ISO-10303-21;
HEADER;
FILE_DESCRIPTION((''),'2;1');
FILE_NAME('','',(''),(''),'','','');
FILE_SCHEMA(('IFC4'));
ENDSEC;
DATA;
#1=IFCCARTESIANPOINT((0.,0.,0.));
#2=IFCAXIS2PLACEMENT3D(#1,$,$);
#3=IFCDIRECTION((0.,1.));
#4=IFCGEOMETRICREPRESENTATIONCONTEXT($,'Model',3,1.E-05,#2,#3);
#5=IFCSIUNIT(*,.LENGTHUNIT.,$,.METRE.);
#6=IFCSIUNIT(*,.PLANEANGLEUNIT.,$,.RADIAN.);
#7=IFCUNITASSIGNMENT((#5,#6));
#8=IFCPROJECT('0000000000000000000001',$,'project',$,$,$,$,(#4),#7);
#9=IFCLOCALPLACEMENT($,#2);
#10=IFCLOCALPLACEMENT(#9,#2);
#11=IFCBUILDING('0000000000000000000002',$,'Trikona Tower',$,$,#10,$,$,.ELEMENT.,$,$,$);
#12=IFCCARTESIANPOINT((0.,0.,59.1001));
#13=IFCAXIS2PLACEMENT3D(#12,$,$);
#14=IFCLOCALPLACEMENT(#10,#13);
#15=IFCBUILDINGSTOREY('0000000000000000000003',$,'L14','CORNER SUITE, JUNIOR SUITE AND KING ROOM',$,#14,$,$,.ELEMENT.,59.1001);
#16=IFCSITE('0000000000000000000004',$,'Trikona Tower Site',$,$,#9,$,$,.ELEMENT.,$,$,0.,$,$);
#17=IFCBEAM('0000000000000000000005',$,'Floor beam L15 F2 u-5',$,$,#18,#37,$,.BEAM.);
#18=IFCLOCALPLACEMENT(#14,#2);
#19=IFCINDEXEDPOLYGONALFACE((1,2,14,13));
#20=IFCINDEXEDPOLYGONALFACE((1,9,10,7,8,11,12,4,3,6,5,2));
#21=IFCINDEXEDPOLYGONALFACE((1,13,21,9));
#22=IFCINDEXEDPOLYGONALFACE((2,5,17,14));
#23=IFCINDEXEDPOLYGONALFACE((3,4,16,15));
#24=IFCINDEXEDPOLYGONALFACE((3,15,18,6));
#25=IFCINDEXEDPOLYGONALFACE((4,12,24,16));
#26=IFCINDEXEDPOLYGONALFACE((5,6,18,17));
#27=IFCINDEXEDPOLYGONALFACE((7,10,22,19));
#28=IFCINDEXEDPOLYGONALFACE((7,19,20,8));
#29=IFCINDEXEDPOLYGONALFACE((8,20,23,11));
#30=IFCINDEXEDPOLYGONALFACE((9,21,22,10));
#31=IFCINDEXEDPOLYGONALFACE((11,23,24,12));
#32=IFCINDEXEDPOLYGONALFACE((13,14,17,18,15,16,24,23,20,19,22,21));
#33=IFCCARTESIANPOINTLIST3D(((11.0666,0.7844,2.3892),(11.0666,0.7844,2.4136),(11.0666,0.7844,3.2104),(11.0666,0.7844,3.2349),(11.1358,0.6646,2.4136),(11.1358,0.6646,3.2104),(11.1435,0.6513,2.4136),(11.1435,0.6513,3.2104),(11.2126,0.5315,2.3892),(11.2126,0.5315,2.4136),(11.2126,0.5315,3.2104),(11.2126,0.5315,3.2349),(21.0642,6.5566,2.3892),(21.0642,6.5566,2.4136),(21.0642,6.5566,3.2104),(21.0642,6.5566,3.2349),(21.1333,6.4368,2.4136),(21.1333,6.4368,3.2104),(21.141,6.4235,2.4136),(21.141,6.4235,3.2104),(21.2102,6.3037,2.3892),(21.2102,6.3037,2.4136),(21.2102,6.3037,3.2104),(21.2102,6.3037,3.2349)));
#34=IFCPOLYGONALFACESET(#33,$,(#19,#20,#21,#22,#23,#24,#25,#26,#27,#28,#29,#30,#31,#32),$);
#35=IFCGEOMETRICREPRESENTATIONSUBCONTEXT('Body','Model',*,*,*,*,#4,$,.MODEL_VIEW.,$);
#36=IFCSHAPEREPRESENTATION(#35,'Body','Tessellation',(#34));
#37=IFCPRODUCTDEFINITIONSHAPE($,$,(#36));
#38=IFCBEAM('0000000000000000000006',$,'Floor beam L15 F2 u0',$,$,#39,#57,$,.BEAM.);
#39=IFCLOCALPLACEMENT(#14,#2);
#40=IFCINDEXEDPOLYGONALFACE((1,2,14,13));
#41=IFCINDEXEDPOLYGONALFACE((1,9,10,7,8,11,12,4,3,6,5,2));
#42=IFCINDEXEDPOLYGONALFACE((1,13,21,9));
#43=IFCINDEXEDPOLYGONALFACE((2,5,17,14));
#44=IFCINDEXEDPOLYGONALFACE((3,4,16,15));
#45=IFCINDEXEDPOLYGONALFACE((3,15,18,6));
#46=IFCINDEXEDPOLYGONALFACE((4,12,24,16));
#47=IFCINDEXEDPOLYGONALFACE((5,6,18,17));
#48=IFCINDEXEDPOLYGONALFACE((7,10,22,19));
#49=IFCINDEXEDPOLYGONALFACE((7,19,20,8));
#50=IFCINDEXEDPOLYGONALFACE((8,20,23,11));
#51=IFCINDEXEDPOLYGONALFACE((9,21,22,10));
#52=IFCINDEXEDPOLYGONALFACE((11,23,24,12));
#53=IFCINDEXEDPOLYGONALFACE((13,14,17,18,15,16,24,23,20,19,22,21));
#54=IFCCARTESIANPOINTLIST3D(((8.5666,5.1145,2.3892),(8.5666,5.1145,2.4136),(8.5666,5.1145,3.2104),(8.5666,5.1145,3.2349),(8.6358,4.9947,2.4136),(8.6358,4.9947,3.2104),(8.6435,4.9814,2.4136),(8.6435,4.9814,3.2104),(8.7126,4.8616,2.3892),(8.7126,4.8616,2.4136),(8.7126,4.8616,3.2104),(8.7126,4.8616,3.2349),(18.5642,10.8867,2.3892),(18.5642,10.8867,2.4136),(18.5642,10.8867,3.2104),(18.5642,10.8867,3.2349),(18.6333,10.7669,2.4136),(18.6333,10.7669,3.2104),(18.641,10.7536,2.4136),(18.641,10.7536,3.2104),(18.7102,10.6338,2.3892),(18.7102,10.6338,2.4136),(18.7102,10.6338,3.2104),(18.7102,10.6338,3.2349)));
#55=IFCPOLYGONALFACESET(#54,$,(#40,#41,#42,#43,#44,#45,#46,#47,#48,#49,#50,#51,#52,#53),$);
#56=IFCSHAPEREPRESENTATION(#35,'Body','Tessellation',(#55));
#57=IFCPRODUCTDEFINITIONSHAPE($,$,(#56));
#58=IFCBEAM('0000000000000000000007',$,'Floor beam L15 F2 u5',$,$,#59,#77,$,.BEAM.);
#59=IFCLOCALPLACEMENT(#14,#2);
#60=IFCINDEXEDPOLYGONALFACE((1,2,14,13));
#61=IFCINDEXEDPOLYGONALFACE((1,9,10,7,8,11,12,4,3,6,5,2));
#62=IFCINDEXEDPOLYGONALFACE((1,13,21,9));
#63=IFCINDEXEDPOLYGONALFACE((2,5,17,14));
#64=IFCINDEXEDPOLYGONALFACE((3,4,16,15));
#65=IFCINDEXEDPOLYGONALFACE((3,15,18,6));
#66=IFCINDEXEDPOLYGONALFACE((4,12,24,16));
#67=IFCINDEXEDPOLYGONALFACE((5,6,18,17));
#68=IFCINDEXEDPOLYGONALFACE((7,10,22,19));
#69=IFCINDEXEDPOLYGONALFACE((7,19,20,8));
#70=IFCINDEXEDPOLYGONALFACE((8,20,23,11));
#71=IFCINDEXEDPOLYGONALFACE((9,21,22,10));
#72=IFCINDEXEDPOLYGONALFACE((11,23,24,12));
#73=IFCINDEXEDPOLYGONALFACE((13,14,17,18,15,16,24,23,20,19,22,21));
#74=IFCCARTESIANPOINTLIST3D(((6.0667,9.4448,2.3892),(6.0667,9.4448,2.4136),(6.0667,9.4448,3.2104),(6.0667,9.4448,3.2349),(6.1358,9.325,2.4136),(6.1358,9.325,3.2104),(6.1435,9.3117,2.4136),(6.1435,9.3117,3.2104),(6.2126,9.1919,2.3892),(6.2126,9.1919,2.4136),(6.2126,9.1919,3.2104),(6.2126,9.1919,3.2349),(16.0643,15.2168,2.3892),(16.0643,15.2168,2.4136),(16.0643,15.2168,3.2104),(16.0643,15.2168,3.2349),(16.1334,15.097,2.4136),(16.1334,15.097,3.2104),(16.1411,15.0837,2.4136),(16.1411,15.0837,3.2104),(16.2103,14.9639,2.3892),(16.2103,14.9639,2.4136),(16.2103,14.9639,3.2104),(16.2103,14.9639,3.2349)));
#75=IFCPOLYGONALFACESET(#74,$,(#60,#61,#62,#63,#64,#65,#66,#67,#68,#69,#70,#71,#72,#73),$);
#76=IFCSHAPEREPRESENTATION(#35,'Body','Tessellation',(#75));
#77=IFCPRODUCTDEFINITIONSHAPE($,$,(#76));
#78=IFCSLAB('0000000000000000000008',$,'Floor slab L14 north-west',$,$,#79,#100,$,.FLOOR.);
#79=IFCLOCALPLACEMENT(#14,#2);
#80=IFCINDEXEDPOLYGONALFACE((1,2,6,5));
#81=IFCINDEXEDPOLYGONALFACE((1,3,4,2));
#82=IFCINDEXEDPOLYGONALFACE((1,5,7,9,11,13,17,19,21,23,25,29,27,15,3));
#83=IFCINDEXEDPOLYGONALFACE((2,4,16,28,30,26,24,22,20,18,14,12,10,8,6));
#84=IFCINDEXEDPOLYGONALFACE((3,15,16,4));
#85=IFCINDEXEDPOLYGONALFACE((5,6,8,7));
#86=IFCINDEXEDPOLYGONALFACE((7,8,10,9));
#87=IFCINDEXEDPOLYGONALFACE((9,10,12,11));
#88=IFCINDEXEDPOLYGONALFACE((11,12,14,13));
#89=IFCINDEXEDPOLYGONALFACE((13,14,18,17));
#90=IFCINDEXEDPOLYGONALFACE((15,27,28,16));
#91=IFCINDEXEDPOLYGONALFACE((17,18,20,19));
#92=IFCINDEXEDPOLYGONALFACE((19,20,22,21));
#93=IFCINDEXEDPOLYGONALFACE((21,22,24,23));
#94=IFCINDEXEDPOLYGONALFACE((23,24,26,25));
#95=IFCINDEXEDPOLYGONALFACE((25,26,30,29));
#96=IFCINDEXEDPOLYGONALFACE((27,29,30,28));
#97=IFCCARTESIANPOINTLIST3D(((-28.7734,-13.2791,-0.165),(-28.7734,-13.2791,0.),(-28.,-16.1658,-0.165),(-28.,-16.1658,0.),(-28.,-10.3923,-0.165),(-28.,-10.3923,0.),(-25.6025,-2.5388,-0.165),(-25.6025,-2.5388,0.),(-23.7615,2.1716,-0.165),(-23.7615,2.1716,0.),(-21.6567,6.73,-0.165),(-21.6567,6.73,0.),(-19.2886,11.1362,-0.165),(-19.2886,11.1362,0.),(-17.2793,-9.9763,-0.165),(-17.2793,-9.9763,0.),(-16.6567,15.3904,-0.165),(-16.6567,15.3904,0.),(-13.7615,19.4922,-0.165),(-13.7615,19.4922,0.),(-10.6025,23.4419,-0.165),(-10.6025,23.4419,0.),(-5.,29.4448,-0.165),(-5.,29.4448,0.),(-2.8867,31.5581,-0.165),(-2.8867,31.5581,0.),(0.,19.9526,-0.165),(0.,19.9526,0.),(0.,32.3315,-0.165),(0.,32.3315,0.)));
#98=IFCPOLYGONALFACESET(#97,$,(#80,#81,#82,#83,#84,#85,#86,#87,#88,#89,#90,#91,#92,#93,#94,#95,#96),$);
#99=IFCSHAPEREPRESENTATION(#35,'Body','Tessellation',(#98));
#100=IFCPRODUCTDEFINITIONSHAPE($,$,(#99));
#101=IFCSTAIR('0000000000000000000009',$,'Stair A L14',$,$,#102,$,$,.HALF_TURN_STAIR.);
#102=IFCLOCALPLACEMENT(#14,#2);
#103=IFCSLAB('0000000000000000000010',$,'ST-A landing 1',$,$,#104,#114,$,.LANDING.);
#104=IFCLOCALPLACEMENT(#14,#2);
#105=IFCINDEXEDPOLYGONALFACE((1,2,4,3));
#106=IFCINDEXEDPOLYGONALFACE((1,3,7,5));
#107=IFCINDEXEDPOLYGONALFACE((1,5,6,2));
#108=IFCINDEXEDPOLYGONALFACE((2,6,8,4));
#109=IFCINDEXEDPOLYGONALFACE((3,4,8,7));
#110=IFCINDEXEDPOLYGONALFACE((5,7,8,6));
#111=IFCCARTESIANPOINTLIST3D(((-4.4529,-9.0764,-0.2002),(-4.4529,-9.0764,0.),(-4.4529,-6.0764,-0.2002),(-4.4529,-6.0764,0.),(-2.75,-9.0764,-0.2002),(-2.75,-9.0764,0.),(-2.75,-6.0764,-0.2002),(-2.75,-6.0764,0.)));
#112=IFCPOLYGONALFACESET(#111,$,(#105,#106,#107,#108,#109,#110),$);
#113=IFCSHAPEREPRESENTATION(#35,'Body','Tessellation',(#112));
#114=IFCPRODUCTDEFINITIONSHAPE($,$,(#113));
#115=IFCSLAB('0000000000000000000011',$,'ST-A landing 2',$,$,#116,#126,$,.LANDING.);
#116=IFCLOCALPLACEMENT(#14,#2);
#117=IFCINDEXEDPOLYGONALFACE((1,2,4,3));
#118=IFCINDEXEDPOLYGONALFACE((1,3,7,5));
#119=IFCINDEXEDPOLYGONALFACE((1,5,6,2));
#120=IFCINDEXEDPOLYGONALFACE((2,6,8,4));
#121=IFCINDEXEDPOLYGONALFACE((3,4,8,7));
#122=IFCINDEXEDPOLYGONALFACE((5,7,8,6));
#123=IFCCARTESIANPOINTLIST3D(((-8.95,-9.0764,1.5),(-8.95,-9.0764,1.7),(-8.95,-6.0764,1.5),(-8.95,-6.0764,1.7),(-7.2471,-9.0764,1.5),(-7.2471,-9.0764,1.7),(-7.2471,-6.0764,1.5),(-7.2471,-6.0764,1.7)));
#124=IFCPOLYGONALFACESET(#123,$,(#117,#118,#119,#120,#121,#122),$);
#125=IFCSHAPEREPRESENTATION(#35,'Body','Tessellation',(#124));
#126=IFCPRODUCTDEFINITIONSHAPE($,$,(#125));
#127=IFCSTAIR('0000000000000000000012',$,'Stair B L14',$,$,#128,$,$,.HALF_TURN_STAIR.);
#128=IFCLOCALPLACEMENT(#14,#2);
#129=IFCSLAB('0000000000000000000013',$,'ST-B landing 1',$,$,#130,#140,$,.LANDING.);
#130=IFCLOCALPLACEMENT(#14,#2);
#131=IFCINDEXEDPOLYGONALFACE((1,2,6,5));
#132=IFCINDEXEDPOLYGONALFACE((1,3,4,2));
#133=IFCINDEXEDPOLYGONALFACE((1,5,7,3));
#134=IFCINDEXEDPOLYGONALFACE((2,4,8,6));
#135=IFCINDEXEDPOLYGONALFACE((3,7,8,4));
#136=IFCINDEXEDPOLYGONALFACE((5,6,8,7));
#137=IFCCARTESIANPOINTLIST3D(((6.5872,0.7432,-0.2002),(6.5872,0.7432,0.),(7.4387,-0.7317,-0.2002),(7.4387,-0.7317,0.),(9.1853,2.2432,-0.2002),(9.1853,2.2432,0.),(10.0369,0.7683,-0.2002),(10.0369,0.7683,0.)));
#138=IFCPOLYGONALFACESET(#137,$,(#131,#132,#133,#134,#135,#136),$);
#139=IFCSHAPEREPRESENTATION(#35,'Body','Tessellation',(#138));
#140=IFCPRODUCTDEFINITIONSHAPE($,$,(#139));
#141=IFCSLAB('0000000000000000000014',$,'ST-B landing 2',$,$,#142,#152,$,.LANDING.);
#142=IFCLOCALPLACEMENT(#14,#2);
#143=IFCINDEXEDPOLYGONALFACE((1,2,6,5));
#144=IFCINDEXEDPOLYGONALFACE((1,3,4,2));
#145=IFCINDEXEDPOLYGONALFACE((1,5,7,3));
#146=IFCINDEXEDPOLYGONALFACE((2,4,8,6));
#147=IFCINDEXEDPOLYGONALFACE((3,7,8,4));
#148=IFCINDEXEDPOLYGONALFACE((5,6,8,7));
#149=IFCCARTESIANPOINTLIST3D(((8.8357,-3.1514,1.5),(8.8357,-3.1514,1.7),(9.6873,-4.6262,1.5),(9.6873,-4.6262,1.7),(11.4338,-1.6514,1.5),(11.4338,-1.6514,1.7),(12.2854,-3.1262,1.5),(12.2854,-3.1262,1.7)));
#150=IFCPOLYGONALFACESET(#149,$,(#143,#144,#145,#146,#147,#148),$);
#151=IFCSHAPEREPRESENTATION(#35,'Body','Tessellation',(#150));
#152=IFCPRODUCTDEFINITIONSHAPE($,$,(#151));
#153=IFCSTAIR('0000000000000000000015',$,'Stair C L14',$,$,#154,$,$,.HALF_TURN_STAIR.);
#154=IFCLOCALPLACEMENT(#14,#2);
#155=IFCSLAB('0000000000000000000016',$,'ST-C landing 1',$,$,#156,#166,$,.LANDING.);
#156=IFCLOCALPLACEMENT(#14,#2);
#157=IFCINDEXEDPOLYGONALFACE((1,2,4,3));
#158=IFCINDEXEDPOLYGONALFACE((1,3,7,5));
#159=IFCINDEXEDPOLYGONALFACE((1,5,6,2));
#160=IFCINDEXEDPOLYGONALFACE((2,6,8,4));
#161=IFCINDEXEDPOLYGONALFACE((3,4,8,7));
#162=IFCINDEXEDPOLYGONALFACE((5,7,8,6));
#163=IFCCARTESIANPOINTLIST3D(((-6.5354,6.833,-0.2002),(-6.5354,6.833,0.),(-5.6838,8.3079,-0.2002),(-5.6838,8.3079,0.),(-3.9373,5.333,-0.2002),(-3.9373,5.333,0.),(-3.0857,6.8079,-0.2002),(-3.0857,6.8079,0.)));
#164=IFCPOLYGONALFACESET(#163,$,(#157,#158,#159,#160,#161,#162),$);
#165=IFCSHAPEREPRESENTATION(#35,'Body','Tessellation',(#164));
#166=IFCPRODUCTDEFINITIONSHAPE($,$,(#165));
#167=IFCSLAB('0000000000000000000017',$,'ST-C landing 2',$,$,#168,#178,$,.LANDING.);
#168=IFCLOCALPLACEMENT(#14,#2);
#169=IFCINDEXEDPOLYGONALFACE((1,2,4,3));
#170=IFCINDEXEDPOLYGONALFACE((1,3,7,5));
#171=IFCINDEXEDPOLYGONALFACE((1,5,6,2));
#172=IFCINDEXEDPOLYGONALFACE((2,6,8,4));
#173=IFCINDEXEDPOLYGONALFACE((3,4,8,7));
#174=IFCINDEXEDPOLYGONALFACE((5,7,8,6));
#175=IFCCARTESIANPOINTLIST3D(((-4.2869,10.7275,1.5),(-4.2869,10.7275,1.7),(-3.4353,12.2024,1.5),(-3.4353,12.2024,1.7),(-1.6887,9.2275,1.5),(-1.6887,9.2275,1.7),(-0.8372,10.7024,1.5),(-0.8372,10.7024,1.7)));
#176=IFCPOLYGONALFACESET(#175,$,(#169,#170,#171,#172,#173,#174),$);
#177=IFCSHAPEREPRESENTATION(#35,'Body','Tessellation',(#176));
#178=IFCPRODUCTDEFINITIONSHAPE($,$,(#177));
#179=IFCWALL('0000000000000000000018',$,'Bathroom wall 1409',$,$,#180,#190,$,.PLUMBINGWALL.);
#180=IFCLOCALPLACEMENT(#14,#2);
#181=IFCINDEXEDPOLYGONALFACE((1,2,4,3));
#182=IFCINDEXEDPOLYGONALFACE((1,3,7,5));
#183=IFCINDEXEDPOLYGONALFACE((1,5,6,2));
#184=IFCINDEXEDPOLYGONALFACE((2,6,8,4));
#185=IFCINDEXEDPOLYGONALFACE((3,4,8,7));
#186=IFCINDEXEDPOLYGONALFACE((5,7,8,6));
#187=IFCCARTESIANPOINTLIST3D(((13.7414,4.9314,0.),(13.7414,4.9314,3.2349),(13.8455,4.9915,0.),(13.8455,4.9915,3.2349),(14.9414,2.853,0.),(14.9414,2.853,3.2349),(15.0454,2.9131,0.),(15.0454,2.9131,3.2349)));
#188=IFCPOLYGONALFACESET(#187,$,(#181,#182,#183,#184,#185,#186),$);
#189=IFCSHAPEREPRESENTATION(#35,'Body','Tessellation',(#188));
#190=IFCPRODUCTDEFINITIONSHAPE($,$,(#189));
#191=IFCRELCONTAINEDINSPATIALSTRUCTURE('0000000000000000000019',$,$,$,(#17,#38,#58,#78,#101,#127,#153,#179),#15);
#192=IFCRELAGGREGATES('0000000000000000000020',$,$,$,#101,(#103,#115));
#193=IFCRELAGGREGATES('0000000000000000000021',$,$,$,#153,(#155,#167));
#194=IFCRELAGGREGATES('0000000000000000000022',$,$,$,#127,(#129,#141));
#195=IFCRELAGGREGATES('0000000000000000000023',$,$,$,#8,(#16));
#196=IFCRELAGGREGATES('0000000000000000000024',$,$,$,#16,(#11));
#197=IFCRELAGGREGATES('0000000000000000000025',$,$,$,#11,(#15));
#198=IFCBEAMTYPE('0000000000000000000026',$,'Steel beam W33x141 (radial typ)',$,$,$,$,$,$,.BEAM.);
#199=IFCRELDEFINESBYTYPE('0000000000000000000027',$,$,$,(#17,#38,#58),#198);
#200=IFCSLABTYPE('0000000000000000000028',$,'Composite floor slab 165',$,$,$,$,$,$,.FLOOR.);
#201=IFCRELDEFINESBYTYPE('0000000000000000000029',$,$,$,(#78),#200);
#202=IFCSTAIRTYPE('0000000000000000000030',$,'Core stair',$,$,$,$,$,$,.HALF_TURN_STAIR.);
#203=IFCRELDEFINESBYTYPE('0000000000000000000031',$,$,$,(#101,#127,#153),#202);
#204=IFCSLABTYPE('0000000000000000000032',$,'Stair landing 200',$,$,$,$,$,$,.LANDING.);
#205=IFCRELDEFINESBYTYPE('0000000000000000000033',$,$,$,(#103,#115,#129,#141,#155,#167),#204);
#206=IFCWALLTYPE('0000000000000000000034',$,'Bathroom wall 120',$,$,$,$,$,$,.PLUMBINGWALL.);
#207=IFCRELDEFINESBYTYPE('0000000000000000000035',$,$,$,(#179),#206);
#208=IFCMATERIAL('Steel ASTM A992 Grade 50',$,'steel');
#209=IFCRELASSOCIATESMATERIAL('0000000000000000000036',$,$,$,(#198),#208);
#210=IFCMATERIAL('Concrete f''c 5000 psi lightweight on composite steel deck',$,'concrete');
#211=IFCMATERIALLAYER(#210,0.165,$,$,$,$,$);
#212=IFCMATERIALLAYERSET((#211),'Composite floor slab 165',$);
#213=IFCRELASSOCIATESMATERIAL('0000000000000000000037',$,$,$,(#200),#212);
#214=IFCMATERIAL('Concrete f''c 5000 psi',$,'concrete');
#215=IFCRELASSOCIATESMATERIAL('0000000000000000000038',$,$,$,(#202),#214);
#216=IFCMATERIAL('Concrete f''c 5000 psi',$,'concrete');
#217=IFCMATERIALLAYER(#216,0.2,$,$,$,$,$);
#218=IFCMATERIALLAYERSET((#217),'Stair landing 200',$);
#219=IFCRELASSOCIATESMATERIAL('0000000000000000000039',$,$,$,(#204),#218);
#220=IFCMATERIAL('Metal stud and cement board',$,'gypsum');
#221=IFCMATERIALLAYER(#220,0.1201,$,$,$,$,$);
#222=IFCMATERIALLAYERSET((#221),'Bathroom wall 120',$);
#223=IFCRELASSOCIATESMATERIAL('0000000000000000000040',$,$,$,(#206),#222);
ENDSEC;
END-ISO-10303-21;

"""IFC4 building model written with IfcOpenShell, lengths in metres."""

from ifc_helpers import new_model, si_unit, direction, frame, frame_2d, origin, origin_2d, place, context, subcontext, project, spatial, polyline, rectangle, i_section, outline, extrude, material, layer, layer_set, material_profile, profile_set, type_object, element, aggregate, save


model = new_model("IFC4")

# Units and contexts
model_context = context("Model", 3, precision=1e-05, world=origin(), true_north=direction((0.0, 1.0)))
body_context = subcontext(model_context, "Body", "Model", "MODEL_VIEW")
ifc_project = project(units=[si_unit("LENGTHUNIT", "METRE"), si_unit("PLANEANGLEUNIT", "RADIAN")], contexts=[model_context])

# Site, building, storey
site_placement = place(None, origin())
site = spatial("IfcSite", under=ifc_project, at=site_placement, Name="Trikona Tower Site", CompositionType="ELEMENT", RefElevation=0.0)
building_placement = place(site_placement, origin())
building = spatial("IfcBuilding", under=site, at=building_placement, Name="Trikona Tower", CompositionType="ELEMENT")
storey_placement = place(building_placement, frame((0.0, 0.0, 59.1001)))
storey = spatial("IfcBuildingStorey", under=building, at=storey_placement, Name="L14", Description="CORNER SUITE, JUNIOR SUITE AND KING ROOM", CompositionType="ELEMENT", Elevation=59.1001)

# Beams
ifc_material_1 = material(Name="Steel ASTM A992 Grade 50", Category="steel")
ifc_material_profile = material_profile(ifc_material_1, i_section(OverallWidth=0.292, OverallDepth=0.8457, WebThickness=0.0154, FlangeThickness=0.0244, at=origin_2d()), Name="W33X141")
ifc_profile_set = profile_set([ifc_material_profile], Name="Steel ASTM A992 Grade 50")
beam_type = type_object("IfcBeamType", Name="Steel beam W33x141 (radial typ)", PredefinedType="BEAM", material=ifc_profile_set)
for number, where, z_axis, x_axis, name in (
    (1, (11.1396, 0.658, 2.812), (0.866021, 0.500008, 0.0), (-0.500008, 0.866021, 0.0), "Floor beam L15 F2 u-5"),
    (2, (8.6396, 4.988, 2.812), (0.866021, 0.500008, 0.0), (-0.500008, 0.866021, 0.0), "Floor beam L15 F2 u0"),
    (3, (6.1396, 9.3184, 2.812), (0.86603, 0.499992, 0.0), (-0.499992, 0.86603, 0.0), "Floor beam L15 F2 u5"),
):
    element("IfcBeam", number, at=place(storey_placement, frame(where, z_axis=z_axis, x_axis=x_axis)), inside=storey, type_object=beam_type, Name=name, PredefinedType="BEAM", context=body_context, shape_type="SweptSolid", body=[
        extrude(i_section(OverallWidth=0.292, OverallDepth=0.8457, WebThickness=0.0154, FlangeThickness=0.0244, at=origin_2d()), origin(), (0.0, 0.0, 1.0), 11.5442),
    ])

# Slab
ifc_material_2 = material(Name="Concrete f'c 5000 psi lightweight on composite steel deck", Category="concrete")
ifc_layer_1 = layer(ifc_material_2, 0.165)
ifc_layer_set_1 = layer_set([ifc_layer_1], Name="Composite floor slab 165")
slab_type_1 = type_object("IfcSlabType", Name="Composite floor slab 165", PredefinedType="FLOOR", material=ifc_layer_set_1)
slab_1_placement = place(storey_placement, frame((0.0, 0.0, -0.165)))
element("IfcSlab", 4, at=slab_1_placement, inside=storey, type_object=slab_type_1, Name="Floor slab L14 north-west", PredefinedType="FLOOR", context=body_context, shape_type="SweptSolid", body=[
    extrude(outline(polyline([(0.0, 19.9526), (0.0, 32.3315), (-2.8867, 31.5581), (-5.0, 29.4448), (-10.6025, 23.4419), (-13.7615, 19.4922), (-16.6567, 15.3904), (-19.2886, 11.1362), (-21.6567, 6.73), (-23.7615, 2.1716), (-25.6025, -2.5388), (-28.0, -10.3923), (-28.7734, -13.2791), (-28.0, -16.1658), (-17.2793, -9.9763), (0.0, 19.9526)])), origin(), (0.0, 0.0, 1.0), 0.165),
])

# Stairs, slabs
ifc_material_3 = material(Name="Concrete f'c 5000 psi", Category="concrete")
stair_type = type_object("IfcStairType", Name="Core stair", PredefinedType="HALF_TURN_STAIR", material=ifc_material_3)
stair_1_placement = place(storey_placement, origin())
stair_1 = element("IfcStair", 5, at=stair_1_placement, inside=storey, type_object=stair_type, Name="Stair A L14", PredefinedType="HALF_TURN_STAIR")
ifc_material_4 = material(Name="Concrete f'c 5000 psi", Category="concrete")
ifc_layer_2 = layer(ifc_material_4, 0.2)
ifc_layer_set_2 = layer_set([ifc_layer_2], Name="Stair landing 200")
slab_type_2 = type_object("IfcSlabType", Name="Stair landing 200", PredefinedType="LANDING", material=ifc_layer_set_2)
slab_2_placement = place(storey_placement, frame((0.0, 0.0, -0.2002)))
slab_2 = element("IfcSlab", 6, at=slab_2_placement, type_object=slab_type_2, Name="ST-A landing 1", PredefinedType="LANDING", context=body_context, shape_type="SweptSolid", body=[
    extrude(outline(polyline([(-4.4529, -6.0764), (-2.75, -6.0764), (-2.75, -9.0764), (-4.4529, -9.0764), (-4.4529, -6.0764)])), origin(), (0.0, 0.0, 1.0), 0.2002),
])
slab_3_placement = place(storey_placement, frame((0.0, 0.0, 1.5)))
slab_3 = element("IfcSlab", 7, at=slab_3_placement, type_object=slab_type_2, Name="ST-A landing 2", PredefinedType="LANDING", context=body_context, shape_type="SweptSolid", body=[
    extrude(outline(polyline([(-8.95, -6.0764), (-7.2471, -6.0764), (-7.2471, -9.0764), (-8.95, -9.0764), (-8.95, -6.0764)])), origin(), (0.0, 0.0, 1.0), 0.2),
])
aggregate(stair_1, [slab_2, slab_3])
stair_2_placement = place(storey_placement, origin())
stair_2 = element("IfcStair", 8, at=stair_2_placement, inside=storey, type_object=stair_type, Name="Stair B L14", PredefinedType="HALF_TURN_STAIR")
slab_4_placement = place(storey_placement, frame((0.0, 0.0, -0.2002)))
slab_4 = element("IfcSlab", 9, at=slab_4_placement, type_object=slab_type_2, Name="ST-B landing 1", PredefinedType="LANDING", context=body_context, shape_type="SweptSolid", body=[
    extrude(outline(polyline([(7.4387, -0.7317), (6.5872, 0.7432), (9.1853, 2.2432), (10.0369, 0.7683), (7.4387, -0.7317)])), origin(), (0.0, 0.0, 1.0), 0.2002),
])
slab_5_placement = place(storey_placement, frame((0.0, 0.0, 1.5)))
slab_5 = element("IfcSlab", 10, at=slab_5_placement, type_object=slab_type_2, Name="ST-B landing 2", PredefinedType="LANDING", context=body_context, shape_type="SweptSolid", body=[
    extrude(outline(polyline([(9.6873, -4.6262), (8.8357, -3.1514), (11.4338, -1.6514), (12.2854, -3.1262), (9.6873, -4.6262)])), origin(), (0.0, 0.0, 1.0), 0.2),
])
stair_3_placement = place(storey_placement, origin())
stair_3 = element("IfcStair", 11, at=stair_3_placement, inside=storey, type_object=stair_type, Name="Stair C L14", PredefinedType="HALF_TURN_STAIR")
slab_6_placement = place(storey_placement, frame((0.0, 0.0, -0.2002)))
slab_6 = element("IfcSlab", 12, at=slab_6_placement, type_object=slab_type_2, Name="ST-C landing 1", PredefinedType="LANDING", context=body_context, shape_type="SweptSolid", body=[
    extrude(outline(polyline([(-3.0857, 6.8079), (-3.9373, 5.333), (-6.5354, 6.833), (-5.6838, 8.3079), (-3.0857, 6.8079)])), origin(), (0.0, 0.0, 1.0), 0.2002),
])
slab_7_placement = place(storey_placement, frame((0.0, 0.0, 1.5)))
slab_7 = element("IfcSlab", 13, at=slab_7_placement, type_object=slab_type_2, Name="ST-C landing 2", PredefinedType="LANDING", context=body_context, shape_type="SweptSolid", body=[
    extrude(outline(polyline([(-0.8372, 10.7024), (-1.6887, 9.2275), (-4.2869, 10.7275), (-3.4353, 12.2024), (-0.8372, 10.7024)])), origin(), (0.0, 0.0, 1.0), 0.2),
])
aggregate(stair_3, [slab_6, slab_7])

# Wall
ifc_material_5 = material(Name="Metal stud and cement board", Category="gypsum")
ifc_layer_3 = layer(ifc_material_5, 0.1201)
ifc_layer_set_3 = layer_set([ifc_layer_3], Name="Bathroom wall 120")
wall_type_1 = type_object("IfcWallType", Name="Bathroom wall 120", PredefinedType="PLUMBINGWALL", material=ifc_layer_set_3)
wall_1_placement = place(storey_placement, frame((14.9934, 2.8831, 0.0), z_axis=(0.0, 0.0, 1.0), x_axis=(-0.500001, 0.866025, 0.0)))
element("IfcWall", 14, at=wall_1_placement, inside=storey, type_object=wall_type_1, Name="Bathroom wall 1409", PredefinedType="PLUMBINGWALL", context=body_context, shape_type="SweptSolid", body=[
    extrude(rectangle(XDim=2.3999, YDim=0.1201, at=frame_2d((1.2, 0.0))), origin(), (0.0, 0.0, 1.0), 3.2349),
])

aggregate(stair_2, [slab_4, slab_5])

save(model, "model.ifc")
